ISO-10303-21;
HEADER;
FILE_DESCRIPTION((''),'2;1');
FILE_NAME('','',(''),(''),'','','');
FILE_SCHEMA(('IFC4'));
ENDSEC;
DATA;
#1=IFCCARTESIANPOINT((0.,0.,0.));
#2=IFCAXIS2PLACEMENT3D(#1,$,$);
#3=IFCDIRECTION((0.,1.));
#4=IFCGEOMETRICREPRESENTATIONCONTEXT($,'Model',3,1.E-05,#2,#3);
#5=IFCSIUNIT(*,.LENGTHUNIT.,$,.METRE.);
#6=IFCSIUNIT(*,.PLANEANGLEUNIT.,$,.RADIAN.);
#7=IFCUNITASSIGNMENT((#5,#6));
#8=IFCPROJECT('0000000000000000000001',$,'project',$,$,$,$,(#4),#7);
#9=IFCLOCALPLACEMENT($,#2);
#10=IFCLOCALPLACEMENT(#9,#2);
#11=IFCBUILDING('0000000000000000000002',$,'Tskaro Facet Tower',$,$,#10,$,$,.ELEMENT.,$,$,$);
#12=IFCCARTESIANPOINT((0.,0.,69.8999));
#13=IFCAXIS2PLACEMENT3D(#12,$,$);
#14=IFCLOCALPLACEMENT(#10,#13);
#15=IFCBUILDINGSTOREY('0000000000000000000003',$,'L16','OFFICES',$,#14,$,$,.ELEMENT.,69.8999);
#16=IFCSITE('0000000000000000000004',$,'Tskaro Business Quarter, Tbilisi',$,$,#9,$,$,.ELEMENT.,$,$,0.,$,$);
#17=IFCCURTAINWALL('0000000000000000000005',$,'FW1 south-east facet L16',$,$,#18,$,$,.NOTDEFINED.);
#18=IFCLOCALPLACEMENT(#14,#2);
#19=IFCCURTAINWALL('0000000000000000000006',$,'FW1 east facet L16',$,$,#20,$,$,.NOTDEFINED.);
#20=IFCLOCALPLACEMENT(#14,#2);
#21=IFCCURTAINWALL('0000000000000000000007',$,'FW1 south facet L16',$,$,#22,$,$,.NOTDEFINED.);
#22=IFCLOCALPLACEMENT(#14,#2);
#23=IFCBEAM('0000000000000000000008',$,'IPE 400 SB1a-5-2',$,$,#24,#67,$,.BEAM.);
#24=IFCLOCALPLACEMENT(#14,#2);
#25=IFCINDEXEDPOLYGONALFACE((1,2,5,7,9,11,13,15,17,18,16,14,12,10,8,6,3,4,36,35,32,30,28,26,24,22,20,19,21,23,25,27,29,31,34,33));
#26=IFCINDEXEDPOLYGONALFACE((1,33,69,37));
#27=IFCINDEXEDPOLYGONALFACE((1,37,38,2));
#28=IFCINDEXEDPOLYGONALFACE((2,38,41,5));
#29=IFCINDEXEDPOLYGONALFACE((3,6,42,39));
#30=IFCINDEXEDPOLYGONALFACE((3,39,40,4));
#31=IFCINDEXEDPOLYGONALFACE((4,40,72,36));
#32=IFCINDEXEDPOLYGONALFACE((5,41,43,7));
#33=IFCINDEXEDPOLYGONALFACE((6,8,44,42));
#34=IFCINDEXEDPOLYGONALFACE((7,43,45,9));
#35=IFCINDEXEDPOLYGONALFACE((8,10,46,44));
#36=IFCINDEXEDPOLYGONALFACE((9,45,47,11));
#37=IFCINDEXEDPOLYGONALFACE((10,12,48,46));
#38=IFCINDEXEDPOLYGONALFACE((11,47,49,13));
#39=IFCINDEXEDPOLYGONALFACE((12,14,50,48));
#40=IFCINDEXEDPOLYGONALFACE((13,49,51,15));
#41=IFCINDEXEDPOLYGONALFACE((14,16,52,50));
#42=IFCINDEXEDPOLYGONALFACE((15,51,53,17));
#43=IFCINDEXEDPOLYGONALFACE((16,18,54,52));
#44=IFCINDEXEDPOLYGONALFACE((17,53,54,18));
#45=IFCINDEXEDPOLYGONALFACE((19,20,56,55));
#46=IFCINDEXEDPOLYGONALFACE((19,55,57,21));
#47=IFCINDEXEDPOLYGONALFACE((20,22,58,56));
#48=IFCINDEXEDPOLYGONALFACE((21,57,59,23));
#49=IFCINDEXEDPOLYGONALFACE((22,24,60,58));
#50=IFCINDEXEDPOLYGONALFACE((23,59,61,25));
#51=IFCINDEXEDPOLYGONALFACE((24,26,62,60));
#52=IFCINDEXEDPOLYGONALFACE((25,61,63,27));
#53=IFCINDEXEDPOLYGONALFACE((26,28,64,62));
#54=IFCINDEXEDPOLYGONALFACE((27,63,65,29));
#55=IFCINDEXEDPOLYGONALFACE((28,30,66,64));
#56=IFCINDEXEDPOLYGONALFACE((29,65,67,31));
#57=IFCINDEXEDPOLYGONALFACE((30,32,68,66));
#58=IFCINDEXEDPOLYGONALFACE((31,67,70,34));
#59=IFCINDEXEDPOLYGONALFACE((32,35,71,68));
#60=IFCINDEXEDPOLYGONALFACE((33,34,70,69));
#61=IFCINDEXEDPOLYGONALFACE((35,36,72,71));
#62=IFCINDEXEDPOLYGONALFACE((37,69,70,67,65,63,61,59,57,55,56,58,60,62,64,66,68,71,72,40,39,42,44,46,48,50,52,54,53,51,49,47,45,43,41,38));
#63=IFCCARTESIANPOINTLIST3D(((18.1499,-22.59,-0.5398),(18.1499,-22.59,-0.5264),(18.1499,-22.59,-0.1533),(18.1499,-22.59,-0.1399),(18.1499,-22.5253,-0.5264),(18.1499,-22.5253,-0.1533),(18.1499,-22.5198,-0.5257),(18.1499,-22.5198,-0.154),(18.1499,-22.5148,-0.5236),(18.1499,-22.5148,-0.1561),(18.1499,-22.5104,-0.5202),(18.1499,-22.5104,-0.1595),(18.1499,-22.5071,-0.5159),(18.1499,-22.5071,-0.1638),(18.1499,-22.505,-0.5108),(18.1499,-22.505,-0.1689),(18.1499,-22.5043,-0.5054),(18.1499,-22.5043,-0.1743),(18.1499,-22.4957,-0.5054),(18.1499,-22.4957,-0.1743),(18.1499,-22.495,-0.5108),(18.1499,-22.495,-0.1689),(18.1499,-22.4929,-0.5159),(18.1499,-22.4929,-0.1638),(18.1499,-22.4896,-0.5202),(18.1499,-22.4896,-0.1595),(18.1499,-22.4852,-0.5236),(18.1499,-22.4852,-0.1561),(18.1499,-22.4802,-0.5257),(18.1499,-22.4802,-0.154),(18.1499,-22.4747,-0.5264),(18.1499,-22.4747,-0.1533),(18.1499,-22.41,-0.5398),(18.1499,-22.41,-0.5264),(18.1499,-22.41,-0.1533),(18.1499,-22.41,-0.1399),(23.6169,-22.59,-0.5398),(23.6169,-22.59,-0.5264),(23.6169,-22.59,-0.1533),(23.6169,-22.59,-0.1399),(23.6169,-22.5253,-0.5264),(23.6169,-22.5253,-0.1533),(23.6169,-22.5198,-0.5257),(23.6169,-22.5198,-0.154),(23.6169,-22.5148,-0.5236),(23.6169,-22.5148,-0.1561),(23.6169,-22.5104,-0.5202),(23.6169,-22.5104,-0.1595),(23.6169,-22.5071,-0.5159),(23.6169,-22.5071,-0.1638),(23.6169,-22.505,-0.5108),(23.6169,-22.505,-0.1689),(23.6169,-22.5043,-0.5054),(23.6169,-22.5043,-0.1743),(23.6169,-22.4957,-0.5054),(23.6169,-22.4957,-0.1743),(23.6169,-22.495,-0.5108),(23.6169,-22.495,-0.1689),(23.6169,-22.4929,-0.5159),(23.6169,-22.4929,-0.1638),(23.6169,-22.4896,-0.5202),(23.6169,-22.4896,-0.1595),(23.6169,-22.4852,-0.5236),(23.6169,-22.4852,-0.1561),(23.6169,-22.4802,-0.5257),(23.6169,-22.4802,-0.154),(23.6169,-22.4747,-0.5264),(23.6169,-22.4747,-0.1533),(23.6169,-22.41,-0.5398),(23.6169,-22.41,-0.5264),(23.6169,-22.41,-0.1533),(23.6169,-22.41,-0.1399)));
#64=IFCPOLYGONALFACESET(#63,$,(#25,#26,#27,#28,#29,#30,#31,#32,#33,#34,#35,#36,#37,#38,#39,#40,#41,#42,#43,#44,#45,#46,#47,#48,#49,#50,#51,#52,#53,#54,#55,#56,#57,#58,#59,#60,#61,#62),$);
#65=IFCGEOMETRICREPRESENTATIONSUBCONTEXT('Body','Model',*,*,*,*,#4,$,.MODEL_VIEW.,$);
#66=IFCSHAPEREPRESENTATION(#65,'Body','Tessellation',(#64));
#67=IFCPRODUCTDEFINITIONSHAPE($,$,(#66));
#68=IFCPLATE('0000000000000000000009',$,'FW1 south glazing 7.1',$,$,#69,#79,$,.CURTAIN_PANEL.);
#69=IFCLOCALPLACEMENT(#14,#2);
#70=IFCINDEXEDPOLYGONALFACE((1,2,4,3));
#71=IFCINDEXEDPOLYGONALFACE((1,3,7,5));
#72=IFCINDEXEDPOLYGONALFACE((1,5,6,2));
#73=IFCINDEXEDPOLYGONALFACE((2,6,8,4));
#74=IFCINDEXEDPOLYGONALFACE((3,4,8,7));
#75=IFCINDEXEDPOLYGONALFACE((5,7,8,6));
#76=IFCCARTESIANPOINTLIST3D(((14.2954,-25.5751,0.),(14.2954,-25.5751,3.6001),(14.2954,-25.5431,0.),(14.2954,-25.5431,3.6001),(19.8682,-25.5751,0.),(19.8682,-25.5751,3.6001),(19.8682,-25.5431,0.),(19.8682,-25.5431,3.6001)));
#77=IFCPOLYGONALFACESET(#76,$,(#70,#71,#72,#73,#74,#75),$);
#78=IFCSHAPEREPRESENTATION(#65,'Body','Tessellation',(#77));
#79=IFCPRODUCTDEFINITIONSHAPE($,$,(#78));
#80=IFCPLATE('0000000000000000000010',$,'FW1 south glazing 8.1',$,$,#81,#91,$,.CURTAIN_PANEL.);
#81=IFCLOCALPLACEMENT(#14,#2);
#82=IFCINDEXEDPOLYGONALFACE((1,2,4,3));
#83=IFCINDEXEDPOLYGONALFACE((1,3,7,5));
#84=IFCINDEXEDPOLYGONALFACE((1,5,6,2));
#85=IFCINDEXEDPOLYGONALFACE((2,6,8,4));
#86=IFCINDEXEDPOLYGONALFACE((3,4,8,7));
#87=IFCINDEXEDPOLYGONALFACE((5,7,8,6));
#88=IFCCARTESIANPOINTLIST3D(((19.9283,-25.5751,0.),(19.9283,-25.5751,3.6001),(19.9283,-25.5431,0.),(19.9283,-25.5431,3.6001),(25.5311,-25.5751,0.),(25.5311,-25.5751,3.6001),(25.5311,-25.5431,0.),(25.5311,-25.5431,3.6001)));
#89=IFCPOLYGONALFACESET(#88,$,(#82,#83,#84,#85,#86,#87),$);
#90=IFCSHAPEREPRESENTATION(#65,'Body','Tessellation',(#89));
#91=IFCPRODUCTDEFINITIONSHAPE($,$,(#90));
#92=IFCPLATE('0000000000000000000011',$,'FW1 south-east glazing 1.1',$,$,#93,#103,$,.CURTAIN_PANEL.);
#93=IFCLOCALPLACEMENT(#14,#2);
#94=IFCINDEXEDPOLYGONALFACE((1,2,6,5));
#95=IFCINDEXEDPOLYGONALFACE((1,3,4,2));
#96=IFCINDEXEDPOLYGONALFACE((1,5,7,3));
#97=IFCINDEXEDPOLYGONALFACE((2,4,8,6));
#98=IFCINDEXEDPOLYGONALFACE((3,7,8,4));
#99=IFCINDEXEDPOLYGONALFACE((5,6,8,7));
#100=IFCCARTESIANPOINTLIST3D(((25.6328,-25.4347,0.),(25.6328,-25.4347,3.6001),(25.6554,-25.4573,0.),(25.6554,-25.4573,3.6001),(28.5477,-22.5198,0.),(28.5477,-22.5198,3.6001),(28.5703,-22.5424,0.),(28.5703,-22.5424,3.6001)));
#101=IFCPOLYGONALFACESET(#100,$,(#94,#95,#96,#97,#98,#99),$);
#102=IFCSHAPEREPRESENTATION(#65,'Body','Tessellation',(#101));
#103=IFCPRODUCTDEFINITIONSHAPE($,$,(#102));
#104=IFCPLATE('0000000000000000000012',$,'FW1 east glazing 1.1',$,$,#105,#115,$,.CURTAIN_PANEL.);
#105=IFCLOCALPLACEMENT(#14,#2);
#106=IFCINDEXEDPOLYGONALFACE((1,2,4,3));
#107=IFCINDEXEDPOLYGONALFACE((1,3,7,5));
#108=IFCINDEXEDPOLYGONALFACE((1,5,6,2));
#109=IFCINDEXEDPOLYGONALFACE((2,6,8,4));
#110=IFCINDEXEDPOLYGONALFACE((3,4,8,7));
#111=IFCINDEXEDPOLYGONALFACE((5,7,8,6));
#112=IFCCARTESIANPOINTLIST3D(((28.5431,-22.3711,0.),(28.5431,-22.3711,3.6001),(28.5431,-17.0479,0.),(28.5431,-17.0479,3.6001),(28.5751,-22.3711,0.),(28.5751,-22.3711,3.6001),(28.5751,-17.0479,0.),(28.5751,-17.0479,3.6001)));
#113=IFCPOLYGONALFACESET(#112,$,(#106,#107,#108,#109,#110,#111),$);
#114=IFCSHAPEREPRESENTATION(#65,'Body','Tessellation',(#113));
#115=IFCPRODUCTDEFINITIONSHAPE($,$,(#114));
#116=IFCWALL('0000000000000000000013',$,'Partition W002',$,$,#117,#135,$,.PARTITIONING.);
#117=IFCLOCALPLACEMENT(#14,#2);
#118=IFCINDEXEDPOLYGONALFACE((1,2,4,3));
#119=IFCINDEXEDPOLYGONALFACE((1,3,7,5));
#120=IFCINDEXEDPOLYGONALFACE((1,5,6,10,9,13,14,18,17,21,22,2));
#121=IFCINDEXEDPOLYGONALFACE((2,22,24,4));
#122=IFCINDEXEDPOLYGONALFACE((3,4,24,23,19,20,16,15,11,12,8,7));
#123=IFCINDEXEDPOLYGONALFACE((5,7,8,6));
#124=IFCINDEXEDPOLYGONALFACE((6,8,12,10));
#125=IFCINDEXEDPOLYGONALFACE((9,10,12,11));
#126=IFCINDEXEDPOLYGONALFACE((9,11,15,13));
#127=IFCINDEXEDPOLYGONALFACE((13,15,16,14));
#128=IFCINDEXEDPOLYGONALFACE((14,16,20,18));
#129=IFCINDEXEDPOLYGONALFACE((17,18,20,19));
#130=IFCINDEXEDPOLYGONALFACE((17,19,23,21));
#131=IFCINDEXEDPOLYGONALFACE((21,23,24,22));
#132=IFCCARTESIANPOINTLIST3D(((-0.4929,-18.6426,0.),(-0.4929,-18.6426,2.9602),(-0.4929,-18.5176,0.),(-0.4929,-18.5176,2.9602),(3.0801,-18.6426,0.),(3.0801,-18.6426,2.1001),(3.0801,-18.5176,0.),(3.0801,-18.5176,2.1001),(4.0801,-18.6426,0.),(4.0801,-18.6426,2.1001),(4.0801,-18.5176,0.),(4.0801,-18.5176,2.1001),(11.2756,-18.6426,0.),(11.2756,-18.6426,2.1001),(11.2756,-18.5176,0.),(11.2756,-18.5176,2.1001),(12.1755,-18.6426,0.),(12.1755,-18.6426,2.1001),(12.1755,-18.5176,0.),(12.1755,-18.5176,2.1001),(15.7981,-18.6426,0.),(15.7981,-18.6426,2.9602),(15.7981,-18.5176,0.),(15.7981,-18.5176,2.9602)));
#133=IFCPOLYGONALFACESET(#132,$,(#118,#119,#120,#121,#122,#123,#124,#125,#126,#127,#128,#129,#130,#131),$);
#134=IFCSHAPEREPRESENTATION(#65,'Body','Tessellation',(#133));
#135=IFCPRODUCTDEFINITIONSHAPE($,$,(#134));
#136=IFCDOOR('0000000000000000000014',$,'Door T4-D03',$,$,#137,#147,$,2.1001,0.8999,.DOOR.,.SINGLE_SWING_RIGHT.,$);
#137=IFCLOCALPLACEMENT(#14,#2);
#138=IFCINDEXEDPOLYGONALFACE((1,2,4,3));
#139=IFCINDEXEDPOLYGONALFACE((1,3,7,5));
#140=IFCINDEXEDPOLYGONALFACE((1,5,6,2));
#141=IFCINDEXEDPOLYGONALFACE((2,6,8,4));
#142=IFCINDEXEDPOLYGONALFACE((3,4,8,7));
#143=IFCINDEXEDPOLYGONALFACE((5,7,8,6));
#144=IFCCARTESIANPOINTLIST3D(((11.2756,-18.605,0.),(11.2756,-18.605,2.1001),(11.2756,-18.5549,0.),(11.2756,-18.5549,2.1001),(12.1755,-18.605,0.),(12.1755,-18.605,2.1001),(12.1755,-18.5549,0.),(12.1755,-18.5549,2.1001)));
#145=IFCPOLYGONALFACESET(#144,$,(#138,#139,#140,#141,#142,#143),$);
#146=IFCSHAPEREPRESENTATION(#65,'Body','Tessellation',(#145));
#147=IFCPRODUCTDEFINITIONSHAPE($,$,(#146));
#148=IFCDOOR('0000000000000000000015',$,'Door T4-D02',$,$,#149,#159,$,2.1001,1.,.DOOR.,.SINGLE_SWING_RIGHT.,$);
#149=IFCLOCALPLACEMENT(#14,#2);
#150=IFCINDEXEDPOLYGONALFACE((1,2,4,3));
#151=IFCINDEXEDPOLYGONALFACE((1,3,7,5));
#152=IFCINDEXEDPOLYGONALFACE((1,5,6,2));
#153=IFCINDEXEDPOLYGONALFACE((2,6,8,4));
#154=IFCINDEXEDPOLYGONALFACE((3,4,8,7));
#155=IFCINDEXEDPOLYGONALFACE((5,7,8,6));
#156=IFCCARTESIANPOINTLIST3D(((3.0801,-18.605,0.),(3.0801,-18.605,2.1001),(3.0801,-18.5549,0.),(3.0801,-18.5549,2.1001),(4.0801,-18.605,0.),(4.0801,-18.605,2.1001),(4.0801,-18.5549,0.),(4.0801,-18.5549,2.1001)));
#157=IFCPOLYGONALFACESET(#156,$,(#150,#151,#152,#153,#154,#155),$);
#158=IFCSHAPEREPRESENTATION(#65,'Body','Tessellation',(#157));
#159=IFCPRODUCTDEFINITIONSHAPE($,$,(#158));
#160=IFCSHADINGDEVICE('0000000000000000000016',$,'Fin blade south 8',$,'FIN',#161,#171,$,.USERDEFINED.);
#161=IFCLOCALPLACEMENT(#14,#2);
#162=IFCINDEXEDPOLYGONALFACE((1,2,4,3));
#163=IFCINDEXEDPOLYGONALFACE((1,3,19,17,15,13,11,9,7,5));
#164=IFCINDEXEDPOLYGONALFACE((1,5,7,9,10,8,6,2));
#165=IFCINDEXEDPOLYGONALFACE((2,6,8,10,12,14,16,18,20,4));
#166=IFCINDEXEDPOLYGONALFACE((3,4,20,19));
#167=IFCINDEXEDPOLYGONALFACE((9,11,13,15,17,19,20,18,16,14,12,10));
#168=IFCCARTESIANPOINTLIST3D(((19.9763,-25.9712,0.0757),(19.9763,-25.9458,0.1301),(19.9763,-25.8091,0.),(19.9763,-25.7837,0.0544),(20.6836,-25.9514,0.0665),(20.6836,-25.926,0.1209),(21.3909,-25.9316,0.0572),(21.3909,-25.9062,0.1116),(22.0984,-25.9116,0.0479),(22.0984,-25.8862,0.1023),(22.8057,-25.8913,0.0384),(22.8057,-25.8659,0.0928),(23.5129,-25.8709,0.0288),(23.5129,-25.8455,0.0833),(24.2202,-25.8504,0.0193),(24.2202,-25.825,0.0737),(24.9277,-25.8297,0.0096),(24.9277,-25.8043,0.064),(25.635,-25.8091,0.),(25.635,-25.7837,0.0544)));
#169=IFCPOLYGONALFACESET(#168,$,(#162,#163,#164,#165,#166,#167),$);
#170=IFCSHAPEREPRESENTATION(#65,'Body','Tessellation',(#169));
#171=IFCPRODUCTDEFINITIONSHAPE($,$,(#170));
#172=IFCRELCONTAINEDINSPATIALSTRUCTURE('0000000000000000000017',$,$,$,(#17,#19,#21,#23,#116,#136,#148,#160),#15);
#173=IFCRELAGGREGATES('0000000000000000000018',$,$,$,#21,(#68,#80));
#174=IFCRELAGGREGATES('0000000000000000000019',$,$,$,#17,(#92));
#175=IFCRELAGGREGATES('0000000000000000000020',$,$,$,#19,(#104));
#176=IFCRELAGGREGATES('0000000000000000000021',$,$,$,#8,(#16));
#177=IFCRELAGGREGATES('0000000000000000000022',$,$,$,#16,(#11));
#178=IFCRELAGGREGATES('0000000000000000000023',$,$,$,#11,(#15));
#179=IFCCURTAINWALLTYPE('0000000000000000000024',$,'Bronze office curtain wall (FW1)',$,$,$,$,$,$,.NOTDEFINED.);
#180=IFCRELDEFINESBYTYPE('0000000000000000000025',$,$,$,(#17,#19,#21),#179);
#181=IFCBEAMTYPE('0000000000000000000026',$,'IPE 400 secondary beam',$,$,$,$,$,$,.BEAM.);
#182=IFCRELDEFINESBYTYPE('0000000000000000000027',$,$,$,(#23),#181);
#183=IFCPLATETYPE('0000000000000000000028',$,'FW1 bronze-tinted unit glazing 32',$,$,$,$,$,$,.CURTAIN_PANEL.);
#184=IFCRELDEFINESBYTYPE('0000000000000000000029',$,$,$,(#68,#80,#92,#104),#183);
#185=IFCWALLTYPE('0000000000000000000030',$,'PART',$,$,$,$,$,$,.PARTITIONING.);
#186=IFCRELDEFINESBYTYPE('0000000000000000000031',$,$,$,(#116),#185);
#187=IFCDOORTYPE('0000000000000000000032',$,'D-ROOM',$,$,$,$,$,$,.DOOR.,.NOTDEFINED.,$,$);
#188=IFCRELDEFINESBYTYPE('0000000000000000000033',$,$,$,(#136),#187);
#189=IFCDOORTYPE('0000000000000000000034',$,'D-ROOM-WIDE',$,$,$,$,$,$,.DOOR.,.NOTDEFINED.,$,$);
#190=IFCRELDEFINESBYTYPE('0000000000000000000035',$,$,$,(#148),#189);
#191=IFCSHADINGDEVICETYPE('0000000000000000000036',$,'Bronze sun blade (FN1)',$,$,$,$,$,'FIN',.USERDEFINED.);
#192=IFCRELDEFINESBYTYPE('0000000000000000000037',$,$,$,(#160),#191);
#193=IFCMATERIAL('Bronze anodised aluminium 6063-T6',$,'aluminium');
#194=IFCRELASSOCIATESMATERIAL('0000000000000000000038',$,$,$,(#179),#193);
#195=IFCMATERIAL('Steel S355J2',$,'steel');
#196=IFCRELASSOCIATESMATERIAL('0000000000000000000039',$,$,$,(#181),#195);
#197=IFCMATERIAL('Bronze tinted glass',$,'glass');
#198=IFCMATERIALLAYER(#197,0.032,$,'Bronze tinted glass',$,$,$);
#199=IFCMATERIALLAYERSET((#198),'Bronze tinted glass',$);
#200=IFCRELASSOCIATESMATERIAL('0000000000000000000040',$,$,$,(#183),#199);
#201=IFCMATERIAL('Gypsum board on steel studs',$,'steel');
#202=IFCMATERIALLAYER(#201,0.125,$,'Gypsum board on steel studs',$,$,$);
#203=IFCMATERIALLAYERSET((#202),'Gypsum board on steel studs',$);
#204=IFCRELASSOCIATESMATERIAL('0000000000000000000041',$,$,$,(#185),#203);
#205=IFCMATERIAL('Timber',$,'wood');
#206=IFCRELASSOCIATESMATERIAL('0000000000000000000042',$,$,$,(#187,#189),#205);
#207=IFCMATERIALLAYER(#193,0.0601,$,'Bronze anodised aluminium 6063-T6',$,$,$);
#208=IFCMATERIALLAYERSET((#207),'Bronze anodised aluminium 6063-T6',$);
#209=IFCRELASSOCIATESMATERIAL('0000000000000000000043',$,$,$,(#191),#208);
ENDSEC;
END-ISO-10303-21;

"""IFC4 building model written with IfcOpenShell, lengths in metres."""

from ifc_helpers import new_model, si_unit, direction, frame, frame_2d, origin, origin_2d, place, context, subcontext, project, spatial, polyline, rectangle, i_section, outline, extrude, material, layer, layer_set, material_profile, profile_set, type_object, element, fill, aggregate, save


model = new_model("IFC4")

# Units and contexts
model_context = context("Model", 3, precision=1e-05, world=origin(), true_north=direction((0.0, 1.0)))
body_context = subcontext(model_context, "Body", "Model", "MODEL_VIEW")
ifc_project = project(units=[si_unit("LENGTHUNIT", "METRE"), si_unit("PLANEANGLEUNIT", "RADIAN")], contexts=[model_context])

# Site, building, storey
site_placement = place(None, origin())
site = spatial("IfcSite", under=ifc_project, at=site_placement, Name="Tskaro Business Quarter, Tbilisi", CompositionType="ELEMENT", RefElevation=0.0)
building_placement = place(site_placement, origin())
building = spatial("IfcBuilding", under=site, at=building_placement, Name="Tskaro Facet Tower", CompositionType="ELEMENT")
storey_placement = place(building_placement, frame((0.0, 0.0, 69.8999)))
storey = spatial("IfcBuildingStorey", under=building, at=storey_placement, Name="L16", Description="OFFICES", CompositionType="ELEMENT", Elevation=69.8999)

# Curtain walls
ifc_material_1 = material(Name="Bronze anodised aluminium 6063-T6", Category="aluminium")
curtain_wall_type = type_object("IfcCurtainWallType", Name="Bronze office curtain wall (FW1)", PredefinedType="NOTDEFINED", material=ifc_material_1)
curtain_wall_1_placement = place(storey_placement, origin())
curtain_wall_1 = element("IfcCurtainWall", 1, at=curtain_wall_1_placement, inside=storey, type_object=curtain_wall_type, Name="FW1 south-east facet L16", PredefinedType="NOTDEFINED")
curtain_wall_2_placement = place(storey_placement, origin())
curtain_wall_2 = element("IfcCurtainWall", 2, at=curtain_wall_2_placement, inside=storey, type_object=curtain_wall_type, Name="FW1 east facet L16", PredefinedType="NOTDEFINED")

# Curtain wall
curtain_wall_3_placement = place(storey_placement, origin())
curtain_wall_3 = element("IfcCurtainWall", 3, at=curtain_wall_3_placement, inside=storey, type_object=curtain_wall_type, Name="FW1 south facet L16", PredefinedType="NOTDEFINED")

# Beam
ifc_material_2 = material(Name="Steel S355J2", Category="steel")
ifc_material_profile_1 = material_profile(ifc_material_2, i_section(OverallWidth=0.1799, OverallDepth=0.3999, WebThickness=0.0085, FlangeThickness=0.0134, FilletRadius=0.021, at=origin_2d()), Name="IPE 400")
ifc_profile_set_1 = profile_set([ifc_material_profile_1], Name="Steel S355J2")
beam_type_1 = type_object("IfcBeamType", Name="IPE 400 secondary beam", PredefinedType="BEAM", material=ifc_profile_set_1)
beam_1_placement = place(storey_placement, frame((18.1499, -22.5, -0.3398), z_axis=(1.0, 0.0, 0.0), x_axis=(0.0, 1.0, 0.0)))
element("IfcBeam", 4, at=beam_1_placement, inside=storey, type_object=beam_type_1, Name="IPE 400 SB1a-5-2", PredefinedType="BEAM", context=body_context, shape_type="SweptSolid", body=[
    extrude(i_section(OverallWidth=0.1799, OverallDepth=0.3999, WebThickness=0.0085, FlangeThickness=0.0134, FilletRadius=0.021, at=origin_2d()), origin(), (0.0, 0.0, 1.0), 5.467),
])

# Plates
ifc_material_3 = material(Name="Bronze tinted glass", Category="glass")
ifc_layer_1 = layer(ifc_material_3, 0.032, Name="Bronze tinted glass")
ifc_layer_set_1 = layer_set([ifc_layer_1], Name="Bronze tinted glass")
plate_type = type_object("IfcPlateType", Name="FW1 bronze-tinted unit glazing 32", PredefinedType="CURTAIN_PANEL", material=ifc_layer_set_1)
plate_1_placement = place(storey_placement, frame((17.0818, -25.5591, 0.0), z_axis=(0.0, 0.0, 1.0), x_axis=(1.0, 0.0, 0.0)))
plate_1 = element("IfcPlate", 5, at=plate_1_placement, type_object=plate_type, Name="FW1 south glazing 7.1", PredefinedType="CURTAIN_PANEL", context=body_context, shape_type="SweptSolid", body=[
    extrude(rectangle(XDim=5.5728, YDim=0.032, at=origin_2d()), origin(), (0.0, 0.0, 1.0), 3.6001),
])
plate_2_placement = place(storey_placement, frame((22.7297, -25.5591, 0.0), z_axis=(0.0, 0.0, 1.0), x_axis=(1.0, 0.0, 0.0)))
plate_2 = element("IfcPlate", 6, at=plate_2_placement, type_object=plate_type, Name="FW1 south glazing 8.1", PredefinedType="CURTAIN_PANEL", context=body_context, shape_type="SweptSolid", body=[
    extrude(rectangle(XDim=5.6028, YDim=0.032, at=origin_2d()), origin(), (0.0, 0.0, 1.0), 3.6001),
])
aggregate(curtain_wall_3, [plate_1, plate_2])
plate_3_placement = place(storey_placement, frame((27.1016, -23.9885, 0.0), z_axis=(0.0, 0.0, 1.0), x_axis=(0.707107, 0.707107, 0.0)))
plate_3 = element("IfcPlate", 7, at=plate_3_placement, type_object=plate_type, Name="FW1 south-east glazing 1.1", PredefinedType="CURTAIN_PANEL", context=body_context, shape_type="SweptSolid", body=[
    extrude(rectangle(XDim=4.1223, YDim=0.032, at=origin_2d()), origin(), (0.0, 0.0, 1.0), 3.6001),
])
aggregate(curtain_wall_1, [plate_3])
plate_4_placement = place(storey_placement, frame((28.5591, -19.7095, 0.0), z_axis=(0.0, 0.0, 1.0), x_axis=(0.0, 1.0, 0.0)))
plate_4 = element("IfcPlate", 8, at=plate_4_placement, type_object=plate_type, Name="FW1 east glazing 1.1", PredefinedType="CURTAIN_PANEL", context=body_context, shape_type="SweptSolid", body=[
    extrude(rectangle(XDim=5.3232, YDim=0.032, at=origin_2d()), origin(), (0.0, 0.0, 1.0), 3.6001),
])
aggregate(curtain_wall_2, [plate_4])

# Wall, openings, doors
ifc_material_4 = material(Name="Gypsum board on steel studs", Category="steel")
ifc_layer_2 = layer(ifc_material_4, 0.125, Name="Gypsum board on steel studs")
ifc_layer_set_2 = layer_set([ifc_layer_2], Name="Gypsum board on steel studs")
wall_type = type_object("IfcWallType", Name="PART", PredefinedType="PARTITIONING", material=ifc_layer_set_2)
wall_placement = place(storey_placement, frame((15.7981, -18.5801, 0.0), z_axis=(0.0, 0.0, 1.0), x_axis=(-1.0, 0.0, 0.0)))
wall = element("IfcWall", 9, at=wall_placement, inside=storey, type_object=wall_type, Name="Partition W002", PredefinedType="PARTITIONING", context=body_context, shape_type="SweptSolid", body=[
    extrude(rectangle(XDim=16.291, YDim=0.125, at=frame_2d((8.1455, 0.0))), origin(), (0.0, 0.0, 1.0), 2.9602),
])
opening_1_placement = place(wall_placement, frame((11.718, 0.0, 0.0)))
opening_1 = element("IfcOpeningElement", 10, at=opening_1_placement, cuts=wall, PredefinedType="OPENING", context=body_context, shape_type="SweptSolid", body=[
    extrude(rectangle(XDim=1.0, YDim=2.1001, at=frame_2d((0.5, 1.05))), frame((0.0, 0.0725, 0.0), z_axis=(0.0, -1.0, 0.0), x_axis=(1.0, 0.0, 0.0)), (0.0, 0.0, 1.0), 0.145),
])
opening_2_placement = place(wall_placement, frame((3.6226, 0.0, 0.0)))
opening_2 = element("IfcOpeningElement", 11, at=opening_2_placement, cuts=wall, PredefinedType="OPENING", context=body_context, shape_type="SweptSolid", body=[
    extrude(rectangle(XDim=0.8999, YDim=2.1001, at=frame_2d((0.45, 1.05))), frame((0.0, 0.0725, 0.0), z_axis=(0.0, -1.0, 0.0), x_axis=(1.0, 0.0, 0.0)), (0.0, 0.0, 1.0), 0.145),
])
ifc_material_5 = material(Name="Timber", Category="wood")
door_type_1 = type_object("IfcDoorType", Name="D-ROOM", OperationType="NOTDEFINED", PredefinedType="DOOR", material=ifc_material_5)
door_1_placement = place(opening_2_placement, origin())
door_1 = element("IfcDoor", 12, at=door_1_placement, inside=storey, type_object=door_type_1, Name="Door T4-D03", OperationType="SINGLE_SWING_RIGHT", OverallHeight=2.1001, OverallWidth=0.8999, PredefinedType="DOOR", context=body_context, shape_type="SweptSolid", body=[
    extrude(rectangle(XDim=0.8999, YDim=2.1001, at=frame_2d((0.45, 1.05))), frame((0.0, 0.0249, 0.0), z_axis=(0.0, -1.0, 0.0), x_axis=(1.0, 0.0, 0.0)), (0.0, 0.0, 1.0), 0.05),
])
fill(opening_2, door_1)
door_type_2 = type_object("IfcDoorType", Name="D-ROOM-WIDE", OperationType="NOTDEFINED", PredefinedType="DOOR", material=ifc_material_5)
door_2_placement = place(opening_1_placement, origin())
door_2 = element("IfcDoor", 13, at=door_2_placement, inside=storey, type_object=door_type_2, Name="Door T4-D02", OperationType="SINGLE_SWING_RIGHT", OverallHeight=2.1001, OverallWidth=1.0, PredefinedType="DOOR", context=body_context, shape_type="SweptSolid", body=[
    extrude(rectangle(XDim=1.0, YDim=2.1001, at=frame_2d((0.5, 1.05))), frame((0.0, 0.0249, 0.0), z_axis=(0.0, -1.0, 0.0), x_axis=(1.0, 0.0, 0.0)), (0.0, 0.0, 1.0), 0.05),
])
fill(opening_1, door_2)

# Shading device
ifc_layer_3 = layer(ifc_material_1, 0.0601, Name="Bronze anodised aluminium 6063-T6")
ifc_layer_set_3 = layer_set([ifc_layer_3], Name="Bronze anodised aluminium 6063-T6")
shading_device_type = type_object("IfcShadingDeviceType", Name="Bronze sun blade (FN1)", ElementType="FIN", PredefinedType="USERDEFINED", material=ifc_layer_set_3)
shading_device_1_placement = place(storey_placement, frame((19.9763, -25.7837, 0.0544), z_axis=(0.000002, 0.422978, 0.90614), x_axis=(1.0, -0.000001, -0.000002)))
element("IfcShadingDevice", 14, at=shading_device_1_placement, inside=storey, type_object=shading_device_type, Name="Fin blade south 8", ObjectType="FIN", PredefinedType="USERDEFINED", context=body_context, shape_type="SweptSolid", body=[
    extrude(outline(polyline([(0.0, 0.0), (5.6587, 0.0), (4.9514, -0.0227), (4.2439, -0.0455), (3.5366, -0.0682), (2.8293, -0.0908), (2.1221, -0.1132), (1.4146, -0.1352), (0.7073, -0.1571), (0.0, -0.1789), (0.0, 0.0)])), origin(), (0.0, 0.0, -1.0), 0.0601),
])

save(model, "model.ifc")
